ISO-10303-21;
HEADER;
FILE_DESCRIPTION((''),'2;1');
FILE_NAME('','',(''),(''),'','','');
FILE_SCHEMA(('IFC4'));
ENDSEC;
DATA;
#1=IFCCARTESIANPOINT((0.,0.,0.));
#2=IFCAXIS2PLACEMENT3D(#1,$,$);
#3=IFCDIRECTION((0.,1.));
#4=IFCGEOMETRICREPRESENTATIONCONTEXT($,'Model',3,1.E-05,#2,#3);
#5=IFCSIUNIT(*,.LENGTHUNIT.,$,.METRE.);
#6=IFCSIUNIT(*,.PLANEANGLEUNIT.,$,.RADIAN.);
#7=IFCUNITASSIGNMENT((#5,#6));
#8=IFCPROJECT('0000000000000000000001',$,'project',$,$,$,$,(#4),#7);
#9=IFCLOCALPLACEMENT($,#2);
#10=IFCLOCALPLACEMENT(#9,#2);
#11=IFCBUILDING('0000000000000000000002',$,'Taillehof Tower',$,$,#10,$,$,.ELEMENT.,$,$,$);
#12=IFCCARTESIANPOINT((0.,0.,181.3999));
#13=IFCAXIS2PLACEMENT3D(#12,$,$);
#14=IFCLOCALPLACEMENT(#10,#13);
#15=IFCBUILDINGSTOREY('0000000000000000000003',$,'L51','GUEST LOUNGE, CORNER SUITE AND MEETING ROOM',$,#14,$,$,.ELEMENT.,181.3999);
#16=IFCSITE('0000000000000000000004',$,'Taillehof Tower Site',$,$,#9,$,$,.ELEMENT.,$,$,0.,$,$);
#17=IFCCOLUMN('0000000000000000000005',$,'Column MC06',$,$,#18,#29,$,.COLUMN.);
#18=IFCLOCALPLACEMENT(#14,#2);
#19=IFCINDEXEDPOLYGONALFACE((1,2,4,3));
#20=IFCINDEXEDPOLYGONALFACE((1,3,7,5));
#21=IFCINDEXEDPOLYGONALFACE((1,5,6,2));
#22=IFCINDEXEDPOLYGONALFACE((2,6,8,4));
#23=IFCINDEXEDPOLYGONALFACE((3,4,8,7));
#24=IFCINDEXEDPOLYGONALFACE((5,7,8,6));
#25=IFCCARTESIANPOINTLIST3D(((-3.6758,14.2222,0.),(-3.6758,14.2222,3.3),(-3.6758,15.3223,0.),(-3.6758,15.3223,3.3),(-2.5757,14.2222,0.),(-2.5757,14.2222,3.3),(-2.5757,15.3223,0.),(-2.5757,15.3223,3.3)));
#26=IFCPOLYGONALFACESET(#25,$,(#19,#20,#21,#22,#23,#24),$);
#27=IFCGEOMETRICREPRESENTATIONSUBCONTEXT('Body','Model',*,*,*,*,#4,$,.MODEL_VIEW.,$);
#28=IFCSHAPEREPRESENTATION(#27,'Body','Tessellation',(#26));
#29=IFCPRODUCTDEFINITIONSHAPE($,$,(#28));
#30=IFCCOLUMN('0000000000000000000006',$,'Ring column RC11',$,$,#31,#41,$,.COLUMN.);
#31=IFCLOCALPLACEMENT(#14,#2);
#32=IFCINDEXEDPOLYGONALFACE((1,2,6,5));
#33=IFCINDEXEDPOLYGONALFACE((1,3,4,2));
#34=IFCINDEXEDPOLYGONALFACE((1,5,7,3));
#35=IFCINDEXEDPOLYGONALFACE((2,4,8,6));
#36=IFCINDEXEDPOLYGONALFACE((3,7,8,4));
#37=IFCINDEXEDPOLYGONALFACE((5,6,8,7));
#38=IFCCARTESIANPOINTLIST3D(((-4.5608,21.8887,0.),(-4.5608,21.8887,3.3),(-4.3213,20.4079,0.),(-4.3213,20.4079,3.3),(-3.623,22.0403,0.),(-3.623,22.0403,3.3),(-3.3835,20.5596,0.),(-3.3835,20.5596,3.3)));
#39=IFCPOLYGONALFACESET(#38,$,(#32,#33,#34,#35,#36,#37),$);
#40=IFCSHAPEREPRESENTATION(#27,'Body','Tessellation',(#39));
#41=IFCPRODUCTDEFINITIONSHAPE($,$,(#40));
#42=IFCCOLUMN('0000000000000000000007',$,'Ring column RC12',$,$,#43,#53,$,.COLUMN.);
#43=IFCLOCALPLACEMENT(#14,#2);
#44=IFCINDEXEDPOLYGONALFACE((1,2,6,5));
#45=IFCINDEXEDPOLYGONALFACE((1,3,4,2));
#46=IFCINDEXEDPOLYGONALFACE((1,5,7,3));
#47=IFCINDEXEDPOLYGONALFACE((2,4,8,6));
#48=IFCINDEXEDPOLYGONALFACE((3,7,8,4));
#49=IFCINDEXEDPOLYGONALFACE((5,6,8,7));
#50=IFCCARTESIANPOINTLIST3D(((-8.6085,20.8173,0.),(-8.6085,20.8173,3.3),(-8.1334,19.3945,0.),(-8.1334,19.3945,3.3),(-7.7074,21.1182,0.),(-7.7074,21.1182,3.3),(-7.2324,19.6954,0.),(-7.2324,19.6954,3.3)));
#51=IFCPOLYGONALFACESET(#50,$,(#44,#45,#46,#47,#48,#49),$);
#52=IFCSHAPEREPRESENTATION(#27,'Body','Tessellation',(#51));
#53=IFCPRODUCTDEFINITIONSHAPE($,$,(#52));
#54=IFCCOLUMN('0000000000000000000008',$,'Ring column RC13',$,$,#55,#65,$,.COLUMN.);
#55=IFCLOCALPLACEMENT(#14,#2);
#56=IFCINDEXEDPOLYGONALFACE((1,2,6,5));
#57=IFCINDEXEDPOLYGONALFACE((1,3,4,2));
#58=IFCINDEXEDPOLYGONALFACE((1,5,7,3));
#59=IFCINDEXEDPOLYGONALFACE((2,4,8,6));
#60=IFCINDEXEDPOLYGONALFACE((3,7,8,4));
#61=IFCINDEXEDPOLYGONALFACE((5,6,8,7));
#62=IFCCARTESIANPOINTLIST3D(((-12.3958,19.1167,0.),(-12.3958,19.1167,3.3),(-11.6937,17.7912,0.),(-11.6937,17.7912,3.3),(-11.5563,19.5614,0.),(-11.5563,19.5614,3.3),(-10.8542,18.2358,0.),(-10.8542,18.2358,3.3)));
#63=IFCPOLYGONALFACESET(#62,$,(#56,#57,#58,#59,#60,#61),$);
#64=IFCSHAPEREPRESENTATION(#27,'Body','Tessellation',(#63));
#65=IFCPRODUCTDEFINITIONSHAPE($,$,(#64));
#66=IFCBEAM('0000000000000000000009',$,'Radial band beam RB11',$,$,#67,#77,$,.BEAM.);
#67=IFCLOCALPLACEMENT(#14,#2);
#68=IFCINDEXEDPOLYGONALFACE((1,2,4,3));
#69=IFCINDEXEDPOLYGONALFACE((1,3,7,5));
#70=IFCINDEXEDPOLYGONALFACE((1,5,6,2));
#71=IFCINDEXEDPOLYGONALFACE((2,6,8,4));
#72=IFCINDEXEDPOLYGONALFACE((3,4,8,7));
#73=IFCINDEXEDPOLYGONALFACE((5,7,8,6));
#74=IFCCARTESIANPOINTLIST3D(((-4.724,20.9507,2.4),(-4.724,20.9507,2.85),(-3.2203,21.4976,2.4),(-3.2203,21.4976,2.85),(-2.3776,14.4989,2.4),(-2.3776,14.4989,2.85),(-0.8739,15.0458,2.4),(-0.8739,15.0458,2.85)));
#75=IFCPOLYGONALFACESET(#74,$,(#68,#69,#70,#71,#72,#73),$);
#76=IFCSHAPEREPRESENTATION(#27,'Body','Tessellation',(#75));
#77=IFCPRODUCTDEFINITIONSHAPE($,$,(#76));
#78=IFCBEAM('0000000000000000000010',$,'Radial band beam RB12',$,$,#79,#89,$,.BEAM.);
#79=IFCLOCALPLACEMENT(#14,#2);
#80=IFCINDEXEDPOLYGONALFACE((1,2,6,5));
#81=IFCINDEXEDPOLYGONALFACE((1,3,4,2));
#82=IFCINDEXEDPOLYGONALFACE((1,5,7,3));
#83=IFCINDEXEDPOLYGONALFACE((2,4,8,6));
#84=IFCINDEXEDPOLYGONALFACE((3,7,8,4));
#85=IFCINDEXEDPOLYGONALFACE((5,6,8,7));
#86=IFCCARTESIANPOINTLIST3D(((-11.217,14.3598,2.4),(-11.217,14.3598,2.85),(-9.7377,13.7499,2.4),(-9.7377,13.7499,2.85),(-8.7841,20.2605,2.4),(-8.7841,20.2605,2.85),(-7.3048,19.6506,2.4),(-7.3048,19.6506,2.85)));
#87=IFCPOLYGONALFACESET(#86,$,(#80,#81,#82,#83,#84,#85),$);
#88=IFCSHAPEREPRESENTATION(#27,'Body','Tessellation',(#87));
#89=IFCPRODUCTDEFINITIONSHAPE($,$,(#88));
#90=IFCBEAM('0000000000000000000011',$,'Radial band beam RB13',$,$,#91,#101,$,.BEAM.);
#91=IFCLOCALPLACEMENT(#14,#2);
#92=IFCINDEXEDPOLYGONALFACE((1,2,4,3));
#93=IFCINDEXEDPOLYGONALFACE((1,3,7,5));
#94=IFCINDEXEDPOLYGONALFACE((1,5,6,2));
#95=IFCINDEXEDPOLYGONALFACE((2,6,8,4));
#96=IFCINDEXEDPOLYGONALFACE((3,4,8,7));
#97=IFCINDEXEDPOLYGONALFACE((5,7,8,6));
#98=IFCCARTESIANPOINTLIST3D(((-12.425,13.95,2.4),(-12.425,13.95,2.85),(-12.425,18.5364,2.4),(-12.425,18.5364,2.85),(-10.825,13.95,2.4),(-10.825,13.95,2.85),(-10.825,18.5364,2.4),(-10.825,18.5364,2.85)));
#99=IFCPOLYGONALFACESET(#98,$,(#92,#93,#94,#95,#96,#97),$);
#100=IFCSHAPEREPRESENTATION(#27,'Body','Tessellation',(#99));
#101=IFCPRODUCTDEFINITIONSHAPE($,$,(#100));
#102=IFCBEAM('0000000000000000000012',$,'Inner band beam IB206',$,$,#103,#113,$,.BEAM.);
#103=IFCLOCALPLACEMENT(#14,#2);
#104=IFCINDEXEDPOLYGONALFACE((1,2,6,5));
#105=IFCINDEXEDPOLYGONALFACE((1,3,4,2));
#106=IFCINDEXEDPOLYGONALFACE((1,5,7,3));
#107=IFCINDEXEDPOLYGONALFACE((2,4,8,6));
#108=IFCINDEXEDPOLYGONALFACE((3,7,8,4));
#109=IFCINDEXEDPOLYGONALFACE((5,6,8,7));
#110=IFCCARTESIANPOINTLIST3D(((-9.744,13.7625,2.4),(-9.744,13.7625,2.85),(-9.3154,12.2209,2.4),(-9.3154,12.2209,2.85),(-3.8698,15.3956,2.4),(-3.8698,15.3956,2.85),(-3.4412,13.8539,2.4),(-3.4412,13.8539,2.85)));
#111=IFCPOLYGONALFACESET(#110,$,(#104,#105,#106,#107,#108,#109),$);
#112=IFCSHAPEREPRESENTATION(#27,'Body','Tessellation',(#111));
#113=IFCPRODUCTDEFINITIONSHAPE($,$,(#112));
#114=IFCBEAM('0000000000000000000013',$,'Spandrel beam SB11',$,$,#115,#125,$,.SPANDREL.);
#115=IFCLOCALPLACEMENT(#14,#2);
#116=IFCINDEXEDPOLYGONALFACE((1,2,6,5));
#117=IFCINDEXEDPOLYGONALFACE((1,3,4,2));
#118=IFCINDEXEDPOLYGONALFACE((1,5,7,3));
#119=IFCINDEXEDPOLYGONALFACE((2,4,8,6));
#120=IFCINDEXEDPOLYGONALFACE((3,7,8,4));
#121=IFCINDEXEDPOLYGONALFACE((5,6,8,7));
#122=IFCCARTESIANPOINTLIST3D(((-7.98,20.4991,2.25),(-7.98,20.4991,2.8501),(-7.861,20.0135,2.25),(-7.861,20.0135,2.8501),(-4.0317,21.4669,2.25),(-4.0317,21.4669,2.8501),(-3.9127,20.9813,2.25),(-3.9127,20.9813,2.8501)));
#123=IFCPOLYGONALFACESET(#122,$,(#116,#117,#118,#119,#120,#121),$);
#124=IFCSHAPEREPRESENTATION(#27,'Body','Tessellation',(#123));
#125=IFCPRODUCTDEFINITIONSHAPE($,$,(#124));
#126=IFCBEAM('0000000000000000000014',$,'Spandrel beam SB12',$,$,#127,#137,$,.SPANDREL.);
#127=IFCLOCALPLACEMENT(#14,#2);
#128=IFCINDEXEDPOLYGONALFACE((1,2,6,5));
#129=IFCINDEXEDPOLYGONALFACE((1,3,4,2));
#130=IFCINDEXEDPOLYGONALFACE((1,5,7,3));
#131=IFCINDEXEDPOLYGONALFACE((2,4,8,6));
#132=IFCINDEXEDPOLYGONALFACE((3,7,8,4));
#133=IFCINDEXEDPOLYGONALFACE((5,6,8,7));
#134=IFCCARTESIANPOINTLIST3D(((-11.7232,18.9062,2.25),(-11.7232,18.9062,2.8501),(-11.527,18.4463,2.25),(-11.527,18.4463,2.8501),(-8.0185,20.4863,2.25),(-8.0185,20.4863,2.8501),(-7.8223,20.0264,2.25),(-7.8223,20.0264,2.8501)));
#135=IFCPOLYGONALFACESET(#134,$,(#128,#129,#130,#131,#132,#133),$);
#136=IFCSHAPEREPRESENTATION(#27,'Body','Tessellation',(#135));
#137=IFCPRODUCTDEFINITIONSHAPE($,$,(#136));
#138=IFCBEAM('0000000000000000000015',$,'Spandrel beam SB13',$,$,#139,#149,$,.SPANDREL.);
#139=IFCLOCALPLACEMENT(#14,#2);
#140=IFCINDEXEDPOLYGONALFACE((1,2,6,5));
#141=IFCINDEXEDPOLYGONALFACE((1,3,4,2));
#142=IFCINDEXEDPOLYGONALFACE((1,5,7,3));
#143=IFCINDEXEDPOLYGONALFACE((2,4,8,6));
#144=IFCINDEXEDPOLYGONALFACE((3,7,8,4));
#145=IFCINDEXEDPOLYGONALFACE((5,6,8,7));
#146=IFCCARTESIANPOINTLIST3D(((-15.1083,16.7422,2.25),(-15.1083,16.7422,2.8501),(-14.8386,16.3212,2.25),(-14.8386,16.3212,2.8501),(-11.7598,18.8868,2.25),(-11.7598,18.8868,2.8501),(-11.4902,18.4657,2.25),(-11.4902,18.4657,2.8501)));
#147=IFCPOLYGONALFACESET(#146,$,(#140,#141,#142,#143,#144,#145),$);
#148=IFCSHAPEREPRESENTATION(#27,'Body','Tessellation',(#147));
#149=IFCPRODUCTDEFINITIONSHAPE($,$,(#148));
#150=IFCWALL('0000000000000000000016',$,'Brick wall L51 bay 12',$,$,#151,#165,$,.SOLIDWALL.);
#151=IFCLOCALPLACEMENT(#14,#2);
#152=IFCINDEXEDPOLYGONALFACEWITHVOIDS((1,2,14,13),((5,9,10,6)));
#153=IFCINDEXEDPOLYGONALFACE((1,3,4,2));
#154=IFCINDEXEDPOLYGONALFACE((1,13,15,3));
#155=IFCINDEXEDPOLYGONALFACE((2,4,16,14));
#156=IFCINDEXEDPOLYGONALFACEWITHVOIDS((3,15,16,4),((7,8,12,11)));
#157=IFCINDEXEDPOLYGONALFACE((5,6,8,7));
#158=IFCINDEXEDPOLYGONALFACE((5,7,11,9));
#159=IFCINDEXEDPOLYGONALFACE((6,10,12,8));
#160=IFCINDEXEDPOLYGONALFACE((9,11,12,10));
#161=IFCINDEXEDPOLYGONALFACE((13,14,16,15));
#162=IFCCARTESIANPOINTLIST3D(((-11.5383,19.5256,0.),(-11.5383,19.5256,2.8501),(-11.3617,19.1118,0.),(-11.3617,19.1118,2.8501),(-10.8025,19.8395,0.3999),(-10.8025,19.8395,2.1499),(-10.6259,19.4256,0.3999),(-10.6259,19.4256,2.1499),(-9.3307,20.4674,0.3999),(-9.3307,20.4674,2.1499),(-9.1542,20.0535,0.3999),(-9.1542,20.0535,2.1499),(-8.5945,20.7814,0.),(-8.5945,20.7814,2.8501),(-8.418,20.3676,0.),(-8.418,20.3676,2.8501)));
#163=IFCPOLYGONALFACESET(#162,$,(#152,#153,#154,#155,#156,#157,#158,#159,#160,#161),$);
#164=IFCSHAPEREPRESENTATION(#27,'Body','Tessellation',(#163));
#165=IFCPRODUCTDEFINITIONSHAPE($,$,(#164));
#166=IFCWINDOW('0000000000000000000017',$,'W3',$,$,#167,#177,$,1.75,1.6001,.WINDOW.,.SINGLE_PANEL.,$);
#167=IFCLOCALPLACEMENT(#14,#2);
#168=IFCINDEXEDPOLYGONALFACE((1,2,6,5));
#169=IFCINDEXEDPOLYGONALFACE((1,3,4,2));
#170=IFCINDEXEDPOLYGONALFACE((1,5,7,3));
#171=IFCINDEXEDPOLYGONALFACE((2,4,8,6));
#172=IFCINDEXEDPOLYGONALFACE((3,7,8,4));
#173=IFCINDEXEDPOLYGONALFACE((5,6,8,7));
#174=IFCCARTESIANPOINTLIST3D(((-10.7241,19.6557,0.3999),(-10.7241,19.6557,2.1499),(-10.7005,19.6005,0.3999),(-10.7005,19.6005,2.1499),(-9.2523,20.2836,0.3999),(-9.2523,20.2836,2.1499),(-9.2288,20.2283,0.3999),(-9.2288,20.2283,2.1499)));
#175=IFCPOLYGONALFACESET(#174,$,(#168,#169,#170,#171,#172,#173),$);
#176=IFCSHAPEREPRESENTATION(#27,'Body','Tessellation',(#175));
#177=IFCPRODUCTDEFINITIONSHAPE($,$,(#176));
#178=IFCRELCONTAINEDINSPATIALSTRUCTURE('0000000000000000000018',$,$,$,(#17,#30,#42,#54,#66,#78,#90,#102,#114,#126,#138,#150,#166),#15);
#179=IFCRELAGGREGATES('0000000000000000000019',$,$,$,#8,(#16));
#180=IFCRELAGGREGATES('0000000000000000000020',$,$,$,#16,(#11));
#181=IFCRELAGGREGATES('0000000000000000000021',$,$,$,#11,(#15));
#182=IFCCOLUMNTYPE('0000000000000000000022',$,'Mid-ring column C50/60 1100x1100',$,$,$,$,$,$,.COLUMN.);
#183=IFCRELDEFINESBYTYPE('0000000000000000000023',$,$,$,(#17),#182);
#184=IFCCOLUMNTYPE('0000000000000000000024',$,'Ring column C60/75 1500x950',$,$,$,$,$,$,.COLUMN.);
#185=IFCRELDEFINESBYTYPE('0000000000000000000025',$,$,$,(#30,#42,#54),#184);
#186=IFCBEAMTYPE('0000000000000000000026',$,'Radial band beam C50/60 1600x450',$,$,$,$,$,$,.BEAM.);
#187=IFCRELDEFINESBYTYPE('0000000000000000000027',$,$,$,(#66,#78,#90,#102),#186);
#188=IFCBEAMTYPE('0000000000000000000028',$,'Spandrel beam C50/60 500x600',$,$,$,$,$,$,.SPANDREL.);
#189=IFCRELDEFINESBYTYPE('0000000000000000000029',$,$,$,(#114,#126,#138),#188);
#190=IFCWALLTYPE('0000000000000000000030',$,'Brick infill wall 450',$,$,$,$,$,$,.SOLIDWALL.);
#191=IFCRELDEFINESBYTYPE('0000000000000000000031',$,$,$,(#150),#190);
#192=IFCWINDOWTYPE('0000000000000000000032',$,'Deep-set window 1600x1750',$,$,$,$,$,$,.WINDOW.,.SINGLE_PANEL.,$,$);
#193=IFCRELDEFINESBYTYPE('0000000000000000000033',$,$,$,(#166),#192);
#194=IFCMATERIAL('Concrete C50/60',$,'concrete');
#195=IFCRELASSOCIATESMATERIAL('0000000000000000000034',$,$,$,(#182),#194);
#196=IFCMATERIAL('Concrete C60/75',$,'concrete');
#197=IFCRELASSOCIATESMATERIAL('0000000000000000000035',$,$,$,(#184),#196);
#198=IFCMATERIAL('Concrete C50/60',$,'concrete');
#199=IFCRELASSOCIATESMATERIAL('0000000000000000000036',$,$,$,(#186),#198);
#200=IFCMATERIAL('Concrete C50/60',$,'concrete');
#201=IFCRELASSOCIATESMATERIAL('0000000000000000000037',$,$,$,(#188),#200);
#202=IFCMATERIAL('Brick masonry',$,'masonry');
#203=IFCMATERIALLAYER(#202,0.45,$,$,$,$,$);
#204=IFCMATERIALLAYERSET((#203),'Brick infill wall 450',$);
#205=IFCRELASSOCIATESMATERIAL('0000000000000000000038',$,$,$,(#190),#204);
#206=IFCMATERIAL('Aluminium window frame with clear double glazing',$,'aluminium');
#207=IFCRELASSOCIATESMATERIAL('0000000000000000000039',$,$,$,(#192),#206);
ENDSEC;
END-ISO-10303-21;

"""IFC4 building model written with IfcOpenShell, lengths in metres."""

from ifc_helpers import new_model, si_unit, direction, frame, frame_2d, origin, origin_2d, place, context, subcontext, project, spatial, rectangle, extrude, material, layer, layer_set, material_profile, profile_set, type_object, element, fill, save


model = new_model("IFC4")

# Units and contexts
model_context = context("Model", 3, precision=1e-05, world=origin(), true_north=direction((0.0, 1.0)))
body_context = subcontext(model_context, "Body", "Model", "MODEL_VIEW")
ifc_project = project(units=[si_unit("LENGTHUNIT", "METRE"), si_unit("PLANEANGLEUNIT", "RADIAN")], contexts=[model_context])

# Site, building, storey
site_placement = place(None, origin())
site = spatial("IfcSite", under=ifc_project, at=site_placement, Name="Taillehof Tower Site", CompositionType="ELEMENT", RefElevation=0.0)
building_placement = place(site_placement, origin())
building = spatial("IfcBuilding", under=site, at=building_placement, Name="Taillehof Tower", CompositionType="ELEMENT")
storey_placement = place(building_placement, frame((0.0, 0.0, 181.3999)))
storey = spatial("IfcBuildingStorey", under=building, at=storey_placement, Name="L51", Description="GUEST LOUNGE, CORNER SUITE AND MEETING ROOM", CompositionType="ELEMENT", Elevation=181.3999)

# Columns
ifc_material_1 = material(Name="Concrete C50/60", Category="concrete")
ifc_material_profile_1 = material_profile(ifc_material_1, rectangle(XDim=1.1001, YDim=1.1001, at=origin_2d()), Name="RC 1100x1100")
ifc_profile_set_1 = profile_set([ifc_material_profile_1], Name="Concrete C50/60")
column_type_1 = type_object("IfcColumnType", Name="Mid-ring column C50/60 1100x1100", PredefinedType="COLUMN", material=ifc_profile_set_1)
column_placement = place(storey_placement, frame((-3.1257, 14.7722, 0.0), z_axis=(0.0, 0.0, 1.0), x_axis=(1.0, 0.0, 0.0)))
element("IfcColumn", 1, at=column_placement, inside=storey, type_object=column_type_1, Name="Column MC06", PredefinedType="COLUMN", context=body_context, shape_type="SweptSolid", body=[
    extrude(rectangle(XDim=1.1001, YDim=1.1001, at=origin_2d()), origin(), (0.0, 0.0, 1.0), 3.3),
])
ifc_material_2 = material(Name="Concrete C60/75", Category="concrete")
ifc_material_profile_2 = material_profile(ifc_material_2, rectangle(XDim=1.5, YDim=0.95, at=origin_2d()), Name="RC 1500x950")
ifc_profile_set_2 = profile_set([ifc_material_profile_2], Name="Concrete C60/75")
column_type_2 = type_object("IfcColumnType", Name="Ring column C60/75 1500x950", PredefinedType="COLUMN", material=ifc_profile_set_2)
for number, where, z_axis, x_axis, name in (
    (2, (-3.9722, 21.2241, 0.0), (0.0, 0.0, 1.0), (-0.159679, 0.987169, 0.0), "Ring column RC11"),
    (3, (-7.9204, 20.2563, 0.0), (0.0, 0.0, 1.0), (-0.316703, 0.948525, 0.0), "Ring column RC12"),
    (4, (-11.625, 18.6763, 0.0), (0.0, 0.0, 1.0), (-0.468042, 0.883706, 0.0), "Ring column RC13"),
):
    element("IfcColumn", number, at=place(storey_placement, frame(where, z_axis=z_axis, x_axis=x_axis)), inside=storey, type_object=column_type_2, Name=name, PredefinedType="COLUMN", context=body_context, shape_type="SweptSolid", body=[
        extrude(rectangle(XDim=1.5, YDim=0.95, at=origin_2d()), origin(), (0.0, 0.0, 1.0), 3.3),
    ])

# Beams
ifc_material_3 = material(Name="Concrete C50/60", Category="concrete")
ifc_material_profile_3 = material_profile(ifc_material_3, rectangle(XDim=1.6001, YDim=0.45, at=origin_2d()), Name="RC 1600x450")
ifc_profile_set_3 = profile_set([ifc_material_profile_3], Name="Concrete C50/60")
beam_type_1 = type_object("IfcBeamType", Name="Radial band beam C50/60 1600x450", PredefinedType="BEAM", material=ifc_profile_set_3)
beam_1_placement = place(storey_placement, frame((-3.9722, 21.2241, 2.625), z_axis=(0.34178, -0.93978, 0.0), x_axis=(0.93978, 0.34178, 0.0)))
element("IfcBeam", 5, at=beam_1_placement, inside=storey, type_object=beam_type_1, Name="Radial band beam RB11", PredefinedType="BEAM", context=body_context, shape_type="SweptSolid", body=[
    extrude(rectangle(XDim=1.6001, YDim=0.45, at=origin_2d()), origin(), (0.0, 0.0, 1.0), 6.8652),
])
beam_2_placement = place(storey_placement, frame((-8.0444, 19.9556, 2.625), z_axis=(-0.381177, -0.924502, 0.0), x_axis=(0.924502, -0.381177, 0.0)))
element("IfcBeam", 6, at=beam_2_placement, inside=storey, type_object=beam_type_1, Name="Radial band beam RB12", PredefinedType="BEAM", context=body_context, shape_type="SweptSolid", body=[
    extrude(rectangle(XDim=1.6001, YDim=0.45, at=origin_2d()), origin(), (0.0, 0.0, 1.0), 6.3826),
])
beam_3_placement = place(storey_placement, frame((-11.625, 18.5364, 2.625), z_axis=(0.0, -1.0, 0.0), x_axis=(1.0, 0.0, 0.0)))
element("IfcBeam", 7, at=beam_3_placement, inside=storey, type_object=beam_type_1, Name="Radial band beam RB13", PredefinedType="BEAM", context=body_context, shape_type="SweptSolid", body=[
    extrude(rectangle(XDim=1.6001, YDim=0.45, at=origin_2d()), origin(), (0.0, 0.0, 1.0), 4.5864),
])
beam_4_placement = place(storey_placement, frame((-3.6555, 14.6248, 2.625), z_axis=(-0.963459, -0.267855, 0.0), x_axis=(0.267855, -0.963459, 0.0)))
element("IfcBeam", 8, at=beam_4_placement, inside=storey, type_object=beam_type_1, Name="Inner band beam IB206", PredefinedType="BEAM", context=body_context, shape_type="SweptSolid", body=[
    extrude(rectangle(XDim=1.6001, YDim=0.45, at=origin_2d()), origin(), (0.0, 0.0, 1.0), 6.0969),
])
ifc_material_4 = material(Name="Concrete C50/60", Category="concrete")
ifc_material_profile_4 = material_profile(ifc_material_4, rectangle(XDim=0.5, YDim=0.6001, at=origin_2d()), Name="RC 500x600")
ifc_profile_set_4 = profile_set([ifc_material_profile_4], Name="Concrete C50/60")
beam_type_2 = type_object("IfcBeamType", Name="Spandrel beam C50/60 500x600", PredefinedType="SPANDREL", material=ifc_profile_set_4)
beam_5_placement = place(storey_placement, frame((-3.9722, 21.2241, 2.55), z_axis=(-0.971249, -0.238068, 0.0), x_axis=(0.238068, -0.971249, 0.0)))
element("IfcBeam", 9, at=beam_5_placement, inside=storey, type_object=beam_type_2, Name="Spandrel beam SB11", PredefinedType="SPANDREL", context=body_context, shape_type="SweptSolid", body=[
    extrude(rectangle(XDim=0.5, YDim=0.6001, at=origin_2d()), origin(), (0.0, 0.0, 1.0), 4.0652),
])
beam_6_placement = place(storey_placement, frame((-7.9204, 20.2563, 2.55), z_axis=(-0.919827, -0.392324, 0.0), x_axis=(0.392324, -0.919827, 0.0)))
element("IfcBeam", 10, at=beam_6_placement, inside=storey, type_object=beam_type_2, Name="Spandrel beam SB12", PredefinedType="SPANDREL", context=body_context, shape_type="SweptSolid", body=[
    extrude(rectangle(XDim=0.5, YDim=0.6001, at=origin_2d()), origin(), (0.0, 0.0, 1.0), 4.0276),
])
beam_7_placement = place(storey_placement, frame((-11.625, 18.6763, 2.55), z_axis=(-0.842093, -0.539332, 0.0), x_axis=(0.539332, -0.842093, 0.0)))
element("IfcBeam", 11, at=beam_7_placement, inside=storey, type_object=beam_type_2, Name="Spandrel beam SB13", PredefinedType="SPANDREL", context=body_context, shape_type="SweptSolid", body=[
    extrude(rectangle(XDim=0.5, YDim=0.6001, at=origin_2d()), origin(), (0.0, 0.0, 1.0), 3.9763),
])

# Wall, opening, window
ifc_material_5 = material(Name="Brick masonry", Category="masonry")
ifc_layer_1 = layer(ifc_material_5, 0.45)
ifc_layer_set_1 = layer_set([ifc_layer_1], Name="Brick infill wall 450")
wall_type_1 = type_object("IfcWallType", Name="Brick infill wall 450", PredefinedType="SOLIDWALL", material=ifc_layer_set_1)
wall_1_placement = place(storey_placement, frame((-8.5063, 20.5745, 0.0), z_axis=(0.0, 0.0, 1.0), x_axis=(-0.919799, -0.39239, 0.0)))
wall_1 = element("IfcWall", 12, at=wall_1_placement, inside=storey, type_object=wall_type_1, Name="Brick wall L51 bay 12", PredefinedType="SOLIDWALL", context=body_context, shape_type="SweptSolid", body=[
    extrude(rectangle(XDim=3.2004, YDim=0.45, at=frame_2d((1.6001, 0.0))), origin(), (0.0, 0.0, 1.0), 2.8501),
])
opening_1_placement = place(wall_1_placement, frame((0.8003, 0.0, 0.3999)))
opening_1 = element("IfcOpeningElement", 13, at=opening_1_placement, cuts=wall_1, PredefinedType="OPENING", context=body_context, shape_type="SweptSolid", body=[
    extrude(rectangle(XDim=1.6001, YDim=1.75, at=frame_2d((0.8, 0.875))), frame((0.0, 0.2349, 0.0), z_axis=(0.0, -1.0, 0.0), x_axis=(1.0, 0.0, 0.0)), (0.0, 0.0, 1.0), 0.47),
])
ifc_material_6 = material(Name="Aluminium window frame with clear double glazing", Category="aluminium")
window_type_1 = type_object("IfcWindowType", Name="Deep-set window 1600x1750", PartitioningType="SINGLE_PANEL", PredefinedType="WINDOW", material=ifc_material_6)
window_1_placement = place(opening_1_placement, origin())
window_1 = element("IfcWindow", 14, at=window_1_placement, inside=storey, type_object=window_type_1, Name="W3", OverallHeight=1.75, OverallWidth=1.6001, PartitioningType="SINGLE_PANEL", PredefinedType="WINDOW", context=body_context, shape_type="SweptSolid", body=[
    extrude(rectangle(XDim=1.6001, YDim=1.75, at=frame_2d((0.8, 0.875))), frame((0.0, 0.0349, 0.0), z_axis=(0.0, -1.0, 0.0), x_axis=(1.0, 0.0, 0.0)), (0.0, 0.0, 1.0), 0.0601),
])
fill(opening_1, window_1)

save(model, "model.ifc")
